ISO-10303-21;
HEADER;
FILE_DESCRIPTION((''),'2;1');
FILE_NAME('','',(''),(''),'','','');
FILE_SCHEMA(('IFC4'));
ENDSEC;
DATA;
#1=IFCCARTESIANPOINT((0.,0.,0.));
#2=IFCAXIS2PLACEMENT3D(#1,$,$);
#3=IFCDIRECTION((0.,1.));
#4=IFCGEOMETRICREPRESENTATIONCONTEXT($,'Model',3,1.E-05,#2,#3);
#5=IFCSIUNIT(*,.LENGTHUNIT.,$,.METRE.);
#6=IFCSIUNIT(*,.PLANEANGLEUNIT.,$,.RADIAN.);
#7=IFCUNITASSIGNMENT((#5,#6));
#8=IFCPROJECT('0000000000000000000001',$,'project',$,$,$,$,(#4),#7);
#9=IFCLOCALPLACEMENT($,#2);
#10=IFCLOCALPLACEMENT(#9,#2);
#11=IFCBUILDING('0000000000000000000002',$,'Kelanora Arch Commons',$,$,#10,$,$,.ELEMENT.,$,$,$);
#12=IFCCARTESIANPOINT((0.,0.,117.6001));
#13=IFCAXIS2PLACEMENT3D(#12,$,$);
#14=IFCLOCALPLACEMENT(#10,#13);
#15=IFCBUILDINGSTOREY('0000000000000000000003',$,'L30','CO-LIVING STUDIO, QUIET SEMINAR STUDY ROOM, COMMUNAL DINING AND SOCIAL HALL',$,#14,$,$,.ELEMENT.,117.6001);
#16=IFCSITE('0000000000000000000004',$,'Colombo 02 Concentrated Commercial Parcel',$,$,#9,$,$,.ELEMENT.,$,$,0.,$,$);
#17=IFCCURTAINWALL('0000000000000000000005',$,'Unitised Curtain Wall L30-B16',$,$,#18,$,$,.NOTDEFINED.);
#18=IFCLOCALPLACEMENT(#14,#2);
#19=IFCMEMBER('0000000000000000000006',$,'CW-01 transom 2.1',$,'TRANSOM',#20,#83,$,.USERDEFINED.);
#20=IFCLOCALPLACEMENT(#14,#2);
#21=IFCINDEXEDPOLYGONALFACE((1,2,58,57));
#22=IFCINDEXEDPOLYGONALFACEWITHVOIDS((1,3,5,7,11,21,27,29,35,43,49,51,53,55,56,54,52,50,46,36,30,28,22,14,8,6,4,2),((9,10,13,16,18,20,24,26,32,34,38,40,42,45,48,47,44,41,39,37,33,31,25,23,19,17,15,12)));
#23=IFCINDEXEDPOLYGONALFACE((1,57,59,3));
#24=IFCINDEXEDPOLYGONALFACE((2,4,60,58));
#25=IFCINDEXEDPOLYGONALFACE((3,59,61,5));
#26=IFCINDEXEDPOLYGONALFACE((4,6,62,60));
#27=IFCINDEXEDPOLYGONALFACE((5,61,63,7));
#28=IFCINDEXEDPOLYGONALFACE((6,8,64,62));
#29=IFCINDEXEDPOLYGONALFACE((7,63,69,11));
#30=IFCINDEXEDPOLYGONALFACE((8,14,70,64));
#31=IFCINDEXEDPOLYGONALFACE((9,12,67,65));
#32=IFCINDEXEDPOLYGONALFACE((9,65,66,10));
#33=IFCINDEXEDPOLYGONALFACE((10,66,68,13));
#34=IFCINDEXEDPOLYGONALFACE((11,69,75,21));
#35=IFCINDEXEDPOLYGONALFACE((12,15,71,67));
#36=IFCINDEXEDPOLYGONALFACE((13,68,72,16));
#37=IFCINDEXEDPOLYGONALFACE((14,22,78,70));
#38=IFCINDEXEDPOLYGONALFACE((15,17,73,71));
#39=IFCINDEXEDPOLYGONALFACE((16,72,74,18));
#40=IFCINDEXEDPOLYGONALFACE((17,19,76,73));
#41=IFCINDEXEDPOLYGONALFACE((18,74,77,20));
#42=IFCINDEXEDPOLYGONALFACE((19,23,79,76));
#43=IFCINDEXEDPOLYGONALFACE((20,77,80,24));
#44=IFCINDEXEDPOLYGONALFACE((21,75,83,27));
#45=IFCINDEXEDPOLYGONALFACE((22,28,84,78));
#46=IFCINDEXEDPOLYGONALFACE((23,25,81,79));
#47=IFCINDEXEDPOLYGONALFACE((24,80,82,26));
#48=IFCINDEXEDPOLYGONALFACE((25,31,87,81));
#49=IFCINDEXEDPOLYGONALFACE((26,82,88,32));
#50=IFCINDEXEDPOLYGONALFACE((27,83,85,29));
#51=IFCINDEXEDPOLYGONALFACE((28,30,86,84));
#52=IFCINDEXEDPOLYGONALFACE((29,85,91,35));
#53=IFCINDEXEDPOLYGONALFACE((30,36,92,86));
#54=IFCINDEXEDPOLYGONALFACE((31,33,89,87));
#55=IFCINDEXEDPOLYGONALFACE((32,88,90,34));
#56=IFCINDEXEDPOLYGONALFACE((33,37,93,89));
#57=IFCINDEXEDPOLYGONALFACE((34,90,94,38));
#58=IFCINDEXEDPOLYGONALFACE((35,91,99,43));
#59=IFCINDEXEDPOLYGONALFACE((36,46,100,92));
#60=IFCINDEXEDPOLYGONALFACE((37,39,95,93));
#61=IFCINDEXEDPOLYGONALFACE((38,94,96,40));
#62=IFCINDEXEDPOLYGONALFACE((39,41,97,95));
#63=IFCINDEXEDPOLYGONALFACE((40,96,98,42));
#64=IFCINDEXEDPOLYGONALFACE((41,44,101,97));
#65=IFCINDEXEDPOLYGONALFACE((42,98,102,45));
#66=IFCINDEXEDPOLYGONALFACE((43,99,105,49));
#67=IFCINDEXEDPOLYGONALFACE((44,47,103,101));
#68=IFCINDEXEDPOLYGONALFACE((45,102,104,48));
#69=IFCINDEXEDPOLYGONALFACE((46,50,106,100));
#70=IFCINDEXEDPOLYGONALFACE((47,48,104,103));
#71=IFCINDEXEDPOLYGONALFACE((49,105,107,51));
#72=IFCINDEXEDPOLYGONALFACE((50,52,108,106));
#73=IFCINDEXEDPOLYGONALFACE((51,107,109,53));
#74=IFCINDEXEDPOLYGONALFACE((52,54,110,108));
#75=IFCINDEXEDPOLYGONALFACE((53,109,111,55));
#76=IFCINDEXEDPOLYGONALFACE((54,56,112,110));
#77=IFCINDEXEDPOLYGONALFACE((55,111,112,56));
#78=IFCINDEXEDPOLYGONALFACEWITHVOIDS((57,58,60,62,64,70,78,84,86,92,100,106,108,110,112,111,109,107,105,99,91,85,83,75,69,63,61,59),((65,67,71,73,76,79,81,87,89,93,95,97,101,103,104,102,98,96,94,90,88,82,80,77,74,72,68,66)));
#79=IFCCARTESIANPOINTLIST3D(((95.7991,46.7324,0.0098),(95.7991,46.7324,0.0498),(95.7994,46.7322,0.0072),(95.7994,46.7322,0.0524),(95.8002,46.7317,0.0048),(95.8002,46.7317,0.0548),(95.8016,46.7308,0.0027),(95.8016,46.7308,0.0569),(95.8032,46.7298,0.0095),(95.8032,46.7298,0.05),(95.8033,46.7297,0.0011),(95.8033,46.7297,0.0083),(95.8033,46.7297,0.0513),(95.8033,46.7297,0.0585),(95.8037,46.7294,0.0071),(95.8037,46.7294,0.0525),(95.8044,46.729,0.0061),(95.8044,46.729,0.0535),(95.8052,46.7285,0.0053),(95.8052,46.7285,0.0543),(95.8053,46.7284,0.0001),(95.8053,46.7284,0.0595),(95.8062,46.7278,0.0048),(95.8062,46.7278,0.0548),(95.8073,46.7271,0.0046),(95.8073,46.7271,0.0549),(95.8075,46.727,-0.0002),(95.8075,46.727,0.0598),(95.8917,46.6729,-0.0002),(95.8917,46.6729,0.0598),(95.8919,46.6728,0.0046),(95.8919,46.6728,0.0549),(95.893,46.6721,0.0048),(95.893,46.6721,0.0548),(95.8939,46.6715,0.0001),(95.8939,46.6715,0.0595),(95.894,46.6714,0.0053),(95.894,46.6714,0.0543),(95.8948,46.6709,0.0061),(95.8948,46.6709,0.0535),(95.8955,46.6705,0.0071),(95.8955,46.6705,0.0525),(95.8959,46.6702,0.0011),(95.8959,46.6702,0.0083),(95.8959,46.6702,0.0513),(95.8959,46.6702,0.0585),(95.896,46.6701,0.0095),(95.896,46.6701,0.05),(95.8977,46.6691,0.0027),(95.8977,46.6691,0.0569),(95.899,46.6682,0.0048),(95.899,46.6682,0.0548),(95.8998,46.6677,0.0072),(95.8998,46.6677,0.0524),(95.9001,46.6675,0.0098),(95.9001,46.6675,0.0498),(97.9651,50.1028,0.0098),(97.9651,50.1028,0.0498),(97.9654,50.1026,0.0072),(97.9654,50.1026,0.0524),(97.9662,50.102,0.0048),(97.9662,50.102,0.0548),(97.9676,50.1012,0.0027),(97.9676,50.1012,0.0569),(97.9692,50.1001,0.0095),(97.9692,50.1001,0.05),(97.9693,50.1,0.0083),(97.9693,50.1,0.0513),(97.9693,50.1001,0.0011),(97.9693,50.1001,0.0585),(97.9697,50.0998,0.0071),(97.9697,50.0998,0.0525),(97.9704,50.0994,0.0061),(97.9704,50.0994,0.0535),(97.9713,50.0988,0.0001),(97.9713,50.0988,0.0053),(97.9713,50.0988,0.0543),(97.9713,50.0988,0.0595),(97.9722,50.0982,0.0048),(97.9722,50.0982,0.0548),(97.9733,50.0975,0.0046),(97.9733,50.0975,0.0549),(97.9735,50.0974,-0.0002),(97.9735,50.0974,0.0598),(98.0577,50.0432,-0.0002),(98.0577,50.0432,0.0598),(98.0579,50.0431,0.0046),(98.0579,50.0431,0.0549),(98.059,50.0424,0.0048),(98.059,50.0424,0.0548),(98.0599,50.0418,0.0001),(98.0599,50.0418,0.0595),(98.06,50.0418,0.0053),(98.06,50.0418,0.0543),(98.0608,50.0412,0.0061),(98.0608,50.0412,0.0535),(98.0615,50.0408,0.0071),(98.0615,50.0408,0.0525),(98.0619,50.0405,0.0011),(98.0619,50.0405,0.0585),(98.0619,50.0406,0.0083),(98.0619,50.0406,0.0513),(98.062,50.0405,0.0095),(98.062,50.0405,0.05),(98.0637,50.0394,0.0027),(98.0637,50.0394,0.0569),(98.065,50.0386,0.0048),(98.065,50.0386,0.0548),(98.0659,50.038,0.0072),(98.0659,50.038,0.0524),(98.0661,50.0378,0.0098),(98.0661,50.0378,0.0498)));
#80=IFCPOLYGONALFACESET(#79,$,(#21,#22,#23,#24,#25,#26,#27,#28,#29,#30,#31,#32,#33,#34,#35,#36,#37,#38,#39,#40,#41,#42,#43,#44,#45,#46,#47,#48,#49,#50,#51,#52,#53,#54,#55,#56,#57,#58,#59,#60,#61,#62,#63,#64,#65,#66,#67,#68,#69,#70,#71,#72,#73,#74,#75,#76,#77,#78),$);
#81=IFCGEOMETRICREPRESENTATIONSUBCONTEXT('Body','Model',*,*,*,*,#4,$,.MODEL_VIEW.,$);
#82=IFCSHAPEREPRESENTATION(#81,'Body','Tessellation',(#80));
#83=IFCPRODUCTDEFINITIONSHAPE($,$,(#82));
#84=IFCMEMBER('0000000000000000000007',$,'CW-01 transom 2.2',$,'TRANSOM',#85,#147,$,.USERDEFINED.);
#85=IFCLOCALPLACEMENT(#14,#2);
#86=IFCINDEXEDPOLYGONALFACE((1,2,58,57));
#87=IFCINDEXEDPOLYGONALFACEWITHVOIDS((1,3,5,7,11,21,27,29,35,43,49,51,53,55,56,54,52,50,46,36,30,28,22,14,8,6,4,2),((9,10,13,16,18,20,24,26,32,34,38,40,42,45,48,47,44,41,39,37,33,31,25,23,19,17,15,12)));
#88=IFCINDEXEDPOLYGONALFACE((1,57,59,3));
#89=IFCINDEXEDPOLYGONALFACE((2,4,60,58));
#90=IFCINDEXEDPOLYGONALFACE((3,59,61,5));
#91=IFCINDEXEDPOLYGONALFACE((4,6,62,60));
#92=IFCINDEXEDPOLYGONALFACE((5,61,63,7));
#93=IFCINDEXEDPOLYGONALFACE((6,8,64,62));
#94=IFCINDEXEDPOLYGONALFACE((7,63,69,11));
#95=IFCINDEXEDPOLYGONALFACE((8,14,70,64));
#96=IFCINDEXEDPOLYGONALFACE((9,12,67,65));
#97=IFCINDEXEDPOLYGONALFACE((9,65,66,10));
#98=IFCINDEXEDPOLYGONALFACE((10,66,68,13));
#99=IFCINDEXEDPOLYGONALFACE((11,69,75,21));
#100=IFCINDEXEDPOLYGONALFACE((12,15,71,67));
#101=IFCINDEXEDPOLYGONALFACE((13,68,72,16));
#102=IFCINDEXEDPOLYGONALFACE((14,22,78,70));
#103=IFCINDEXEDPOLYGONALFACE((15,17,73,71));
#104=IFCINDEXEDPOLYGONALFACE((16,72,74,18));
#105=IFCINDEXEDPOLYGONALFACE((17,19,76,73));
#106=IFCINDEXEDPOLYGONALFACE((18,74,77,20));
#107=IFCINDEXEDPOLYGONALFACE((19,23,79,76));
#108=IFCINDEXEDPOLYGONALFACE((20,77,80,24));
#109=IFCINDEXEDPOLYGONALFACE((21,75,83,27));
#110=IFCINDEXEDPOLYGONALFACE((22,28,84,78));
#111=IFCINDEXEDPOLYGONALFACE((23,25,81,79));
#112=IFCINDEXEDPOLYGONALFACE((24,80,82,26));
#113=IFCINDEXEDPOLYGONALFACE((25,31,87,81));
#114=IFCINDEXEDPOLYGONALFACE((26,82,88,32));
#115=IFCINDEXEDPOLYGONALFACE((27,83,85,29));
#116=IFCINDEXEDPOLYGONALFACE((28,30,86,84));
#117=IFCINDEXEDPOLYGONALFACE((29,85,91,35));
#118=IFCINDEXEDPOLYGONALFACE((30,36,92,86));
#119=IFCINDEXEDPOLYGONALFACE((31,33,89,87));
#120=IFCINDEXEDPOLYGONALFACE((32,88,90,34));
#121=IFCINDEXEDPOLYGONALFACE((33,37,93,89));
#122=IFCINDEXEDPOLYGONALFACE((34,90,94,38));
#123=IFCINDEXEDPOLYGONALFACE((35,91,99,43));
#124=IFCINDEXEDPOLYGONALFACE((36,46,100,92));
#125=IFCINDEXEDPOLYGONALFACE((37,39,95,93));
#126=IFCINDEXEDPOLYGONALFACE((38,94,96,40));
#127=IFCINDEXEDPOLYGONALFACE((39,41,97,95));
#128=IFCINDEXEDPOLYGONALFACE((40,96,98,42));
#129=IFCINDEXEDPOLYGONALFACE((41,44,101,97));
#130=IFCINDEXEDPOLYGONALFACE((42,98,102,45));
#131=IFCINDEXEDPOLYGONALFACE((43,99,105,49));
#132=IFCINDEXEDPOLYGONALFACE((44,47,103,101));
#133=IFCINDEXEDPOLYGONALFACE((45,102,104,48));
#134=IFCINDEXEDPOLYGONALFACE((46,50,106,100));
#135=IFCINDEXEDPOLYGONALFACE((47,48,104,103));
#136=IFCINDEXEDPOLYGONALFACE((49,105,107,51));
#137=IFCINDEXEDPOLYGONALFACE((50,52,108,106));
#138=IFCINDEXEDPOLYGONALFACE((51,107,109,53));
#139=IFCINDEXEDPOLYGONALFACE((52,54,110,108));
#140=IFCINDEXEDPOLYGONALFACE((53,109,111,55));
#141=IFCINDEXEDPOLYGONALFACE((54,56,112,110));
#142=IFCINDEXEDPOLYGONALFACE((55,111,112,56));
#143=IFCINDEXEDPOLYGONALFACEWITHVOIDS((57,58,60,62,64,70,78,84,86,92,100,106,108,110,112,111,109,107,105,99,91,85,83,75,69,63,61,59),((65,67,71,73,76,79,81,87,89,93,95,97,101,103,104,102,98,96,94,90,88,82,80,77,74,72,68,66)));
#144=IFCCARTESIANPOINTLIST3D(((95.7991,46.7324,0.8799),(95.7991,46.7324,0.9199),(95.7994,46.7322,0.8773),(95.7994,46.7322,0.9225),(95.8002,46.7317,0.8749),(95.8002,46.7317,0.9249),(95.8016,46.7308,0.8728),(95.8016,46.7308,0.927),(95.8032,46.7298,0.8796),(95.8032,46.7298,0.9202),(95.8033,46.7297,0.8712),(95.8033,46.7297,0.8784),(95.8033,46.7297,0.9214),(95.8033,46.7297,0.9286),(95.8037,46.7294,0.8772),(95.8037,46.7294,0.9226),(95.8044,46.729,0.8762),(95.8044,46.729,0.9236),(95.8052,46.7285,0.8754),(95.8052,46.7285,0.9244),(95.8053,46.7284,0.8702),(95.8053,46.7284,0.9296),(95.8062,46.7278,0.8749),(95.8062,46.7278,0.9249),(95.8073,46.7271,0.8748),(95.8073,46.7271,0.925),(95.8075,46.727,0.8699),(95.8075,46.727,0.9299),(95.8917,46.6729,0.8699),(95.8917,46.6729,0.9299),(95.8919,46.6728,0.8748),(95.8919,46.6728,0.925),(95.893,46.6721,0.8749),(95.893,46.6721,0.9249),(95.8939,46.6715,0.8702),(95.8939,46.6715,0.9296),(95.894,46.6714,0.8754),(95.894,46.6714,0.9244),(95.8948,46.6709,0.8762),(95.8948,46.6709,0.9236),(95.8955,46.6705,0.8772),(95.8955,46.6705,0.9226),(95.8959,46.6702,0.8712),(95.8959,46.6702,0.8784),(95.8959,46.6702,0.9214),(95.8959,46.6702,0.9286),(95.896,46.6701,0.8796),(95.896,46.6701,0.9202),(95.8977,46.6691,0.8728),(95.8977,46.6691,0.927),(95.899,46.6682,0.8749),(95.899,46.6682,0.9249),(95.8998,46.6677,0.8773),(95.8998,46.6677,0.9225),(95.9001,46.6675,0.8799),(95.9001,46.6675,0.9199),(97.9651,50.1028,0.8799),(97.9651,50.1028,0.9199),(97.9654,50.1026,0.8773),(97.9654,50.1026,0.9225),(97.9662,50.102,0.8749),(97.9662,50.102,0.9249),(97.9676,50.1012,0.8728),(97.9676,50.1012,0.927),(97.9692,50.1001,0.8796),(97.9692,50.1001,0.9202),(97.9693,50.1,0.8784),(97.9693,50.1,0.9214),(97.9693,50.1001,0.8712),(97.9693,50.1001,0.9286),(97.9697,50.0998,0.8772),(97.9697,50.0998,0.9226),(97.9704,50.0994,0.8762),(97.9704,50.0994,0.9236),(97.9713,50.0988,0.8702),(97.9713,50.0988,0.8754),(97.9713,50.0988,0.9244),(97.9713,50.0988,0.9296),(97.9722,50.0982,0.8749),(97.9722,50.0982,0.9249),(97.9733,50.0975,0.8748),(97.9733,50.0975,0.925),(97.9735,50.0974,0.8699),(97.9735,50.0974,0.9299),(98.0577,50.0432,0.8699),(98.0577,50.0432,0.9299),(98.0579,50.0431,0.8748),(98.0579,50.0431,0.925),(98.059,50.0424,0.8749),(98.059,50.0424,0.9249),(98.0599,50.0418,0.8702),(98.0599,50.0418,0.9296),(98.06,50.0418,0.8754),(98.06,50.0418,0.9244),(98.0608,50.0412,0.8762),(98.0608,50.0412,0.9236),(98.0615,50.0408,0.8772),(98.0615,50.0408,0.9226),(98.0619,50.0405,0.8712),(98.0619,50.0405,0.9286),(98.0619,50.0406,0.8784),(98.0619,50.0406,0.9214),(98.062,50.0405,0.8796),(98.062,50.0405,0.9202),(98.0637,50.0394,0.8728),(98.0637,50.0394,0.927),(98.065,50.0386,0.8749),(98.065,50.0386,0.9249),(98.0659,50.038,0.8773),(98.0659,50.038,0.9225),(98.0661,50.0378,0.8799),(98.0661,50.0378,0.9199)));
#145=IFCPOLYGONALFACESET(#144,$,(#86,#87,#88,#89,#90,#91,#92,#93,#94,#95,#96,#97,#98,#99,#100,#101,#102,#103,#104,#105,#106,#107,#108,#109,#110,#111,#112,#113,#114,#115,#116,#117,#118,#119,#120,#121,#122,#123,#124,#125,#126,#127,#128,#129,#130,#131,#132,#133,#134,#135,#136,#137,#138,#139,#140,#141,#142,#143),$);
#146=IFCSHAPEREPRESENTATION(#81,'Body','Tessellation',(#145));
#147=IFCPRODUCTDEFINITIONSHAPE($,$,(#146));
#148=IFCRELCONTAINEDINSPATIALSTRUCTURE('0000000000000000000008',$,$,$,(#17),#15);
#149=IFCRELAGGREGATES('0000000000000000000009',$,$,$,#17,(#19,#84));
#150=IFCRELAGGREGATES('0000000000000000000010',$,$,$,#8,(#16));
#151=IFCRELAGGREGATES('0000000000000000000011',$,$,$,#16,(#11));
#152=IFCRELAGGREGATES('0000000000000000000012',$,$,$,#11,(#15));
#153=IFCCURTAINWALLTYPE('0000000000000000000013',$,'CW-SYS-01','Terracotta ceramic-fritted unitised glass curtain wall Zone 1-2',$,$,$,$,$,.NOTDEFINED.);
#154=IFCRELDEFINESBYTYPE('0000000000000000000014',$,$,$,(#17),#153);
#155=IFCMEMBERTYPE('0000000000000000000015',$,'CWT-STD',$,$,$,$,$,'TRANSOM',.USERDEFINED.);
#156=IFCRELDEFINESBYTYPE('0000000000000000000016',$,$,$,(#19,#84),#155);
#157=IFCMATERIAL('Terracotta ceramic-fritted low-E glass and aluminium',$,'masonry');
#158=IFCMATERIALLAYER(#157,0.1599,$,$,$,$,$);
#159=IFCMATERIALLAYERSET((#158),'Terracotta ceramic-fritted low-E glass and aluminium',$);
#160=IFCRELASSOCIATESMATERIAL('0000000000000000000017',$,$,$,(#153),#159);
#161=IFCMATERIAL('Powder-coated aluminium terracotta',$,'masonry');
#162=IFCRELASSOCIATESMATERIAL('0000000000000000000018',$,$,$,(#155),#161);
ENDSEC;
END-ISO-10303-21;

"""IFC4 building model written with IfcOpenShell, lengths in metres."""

from ifc_helpers import new_model, si_unit, direction, frame, origin, origin_2d, place, context, subcontext, project, spatial, hollow_rectangle, extrude, material, layer, layer_set, material_profile, profile_set, type_object, element, aggregate, save


model = new_model("IFC4")

# Units and contexts
model_context = context("Model", 3, precision=1e-05, world=origin(), true_north=direction((0.0, 1.0)))
body_context = subcontext(model_context, "Body", "Model", "MODEL_VIEW")
ifc_project = project(units=[si_unit("LENGTHUNIT", "METRE"), si_unit("PLANEANGLEUNIT", "RADIAN")], contexts=[model_context])

# Site, building, storey
site_placement = place(None, origin())
site = spatial("IfcSite", under=ifc_project, at=site_placement, Name="Colombo 02 Concentrated Commercial Parcel", CompositionType="ELEMENT", RefElevation=0.0)
building_placement = place(site_placement, origin())
building = spatial("IfcBuilding", under=site, at=building_placement, Name="Kelanora Arch Commons", CompositionType="ELEMENT")
storey_placement = place(building_placement, frame((0.0, 0.0, 117.6001)))
storey = spatial("IfcBuildingStorey", under=building, at=storey_placement, Name="L30", Description="CO-LIVING STUDIO, QUIET SEMINAR STUDY ROOM, COMMUNAL DINING AND SOCIAL HALL", CompositionType="ELEMENT", Elevation=117.6001)

# Shared definitions
ifc_material_1 = material(Name="Terracotta ceramic-fritted low-E glass and aluminium", Category="masonry")
ifc_layer_1 = layer(ifc_material_1, 0.1599)
ifc_layer_set_1 = layer_set([ifc_layer_1], Name="Terracotta ceramic-fritted low-E glass and aluminium")
curtain_wall_type = type_object("IfcCurtainWallType", Name="CW-SYS-01", Description="Terracotta ceramic-fritted unitised glass curtain wall Zone 1-2", PredefinedType="NOTDEFINED", material=ifc_layer_set_1)
ifc_material_2 = material(Name="Powder-coated aluminium terracotta", Category="masonry")

# Curtain wall, members
curtain_wall_1_placement = place(storey_placement, origin())
curtain_wall_1 = element("IfcCurtainWall", 1, at=curtain_wall_1_placement, inside=storey, type_object=curtain_wall_type, Name="Unitised Curtain Wall L30-B16", PredefinedType="NOTDEFINED")
ifc_material_profile_1 = material_profile(ifc_material_2, hollow_rectangle(XDim=0.1201, YDim=0.0601, WallThickness=0.0049, InnerFilletRadius=0.0049, OuterFilletRadius=0.01, at=origin_2d()), Name="CWT120x60")
ifc_profile_set_1 = profile_set([ifc_material_profile_1], Name="Powder-coated aluminium terracotta")
member_type_1 = type_object("IfcMemberType", Name="CWT-STD", ElementType="TRANSOM", PredefinedType="USERDEFINED", material=ifc_profile_set_1)
member_1_placement = place(storey_placement, frame((95.8496, 46.7, 0.0298), z_axis=(0.540644, 0.841252, 0.0), x_axis=(-0.841252, 0.540644, 0.0)))
member_1 = element("IfcMember", 2, at=member_1_placement, type_object=member_type_1, Name="CW-01 transom 2.1", ObjectType="TRANSOM", PredefinedType="USERDEFINED", context=body_context, shape_type="SweptSolid", body=[
    extrude(hollow_rectangle(XDim=0.1201, YDim=0.0601, WallThickness=0.0049, InnerFilletRadius=0.0049, OuterFilletRadius=0.01, at=origin_2d()), origin(), (0.0, 0.0, 1.0), 4.0063),
])
member_2_placement = place(storey_placement, frame((95.8496, 46.7, 0.8999), z_axis=(0.540644, 0.841252, 0.0), x_axis=(-0.841252, 0.540644, 0.0)))
member_2 = element("IfcMember", 3, at=member_2_placement, type_object=member_type_1, Name="CW-01 transom 2.2", ObjectType="TRANSOM", PredefinedType="USERDEFINED", context=body_context, shape_type="SweptSolid", body=[
    extrude(hollow_rectangle(XDim=0.1201, YDim=0.0601, WallThickness=0.0049, InnerFilletRadius=0.0049, OuterFilletRadius=0.01, at=origin_2d()), origin(), (0.0, 0.0, 1.0), 4.0063),
])
aggregate(curtain_wall_1, [member_1, member_2])

save(model, "model.ifc")
